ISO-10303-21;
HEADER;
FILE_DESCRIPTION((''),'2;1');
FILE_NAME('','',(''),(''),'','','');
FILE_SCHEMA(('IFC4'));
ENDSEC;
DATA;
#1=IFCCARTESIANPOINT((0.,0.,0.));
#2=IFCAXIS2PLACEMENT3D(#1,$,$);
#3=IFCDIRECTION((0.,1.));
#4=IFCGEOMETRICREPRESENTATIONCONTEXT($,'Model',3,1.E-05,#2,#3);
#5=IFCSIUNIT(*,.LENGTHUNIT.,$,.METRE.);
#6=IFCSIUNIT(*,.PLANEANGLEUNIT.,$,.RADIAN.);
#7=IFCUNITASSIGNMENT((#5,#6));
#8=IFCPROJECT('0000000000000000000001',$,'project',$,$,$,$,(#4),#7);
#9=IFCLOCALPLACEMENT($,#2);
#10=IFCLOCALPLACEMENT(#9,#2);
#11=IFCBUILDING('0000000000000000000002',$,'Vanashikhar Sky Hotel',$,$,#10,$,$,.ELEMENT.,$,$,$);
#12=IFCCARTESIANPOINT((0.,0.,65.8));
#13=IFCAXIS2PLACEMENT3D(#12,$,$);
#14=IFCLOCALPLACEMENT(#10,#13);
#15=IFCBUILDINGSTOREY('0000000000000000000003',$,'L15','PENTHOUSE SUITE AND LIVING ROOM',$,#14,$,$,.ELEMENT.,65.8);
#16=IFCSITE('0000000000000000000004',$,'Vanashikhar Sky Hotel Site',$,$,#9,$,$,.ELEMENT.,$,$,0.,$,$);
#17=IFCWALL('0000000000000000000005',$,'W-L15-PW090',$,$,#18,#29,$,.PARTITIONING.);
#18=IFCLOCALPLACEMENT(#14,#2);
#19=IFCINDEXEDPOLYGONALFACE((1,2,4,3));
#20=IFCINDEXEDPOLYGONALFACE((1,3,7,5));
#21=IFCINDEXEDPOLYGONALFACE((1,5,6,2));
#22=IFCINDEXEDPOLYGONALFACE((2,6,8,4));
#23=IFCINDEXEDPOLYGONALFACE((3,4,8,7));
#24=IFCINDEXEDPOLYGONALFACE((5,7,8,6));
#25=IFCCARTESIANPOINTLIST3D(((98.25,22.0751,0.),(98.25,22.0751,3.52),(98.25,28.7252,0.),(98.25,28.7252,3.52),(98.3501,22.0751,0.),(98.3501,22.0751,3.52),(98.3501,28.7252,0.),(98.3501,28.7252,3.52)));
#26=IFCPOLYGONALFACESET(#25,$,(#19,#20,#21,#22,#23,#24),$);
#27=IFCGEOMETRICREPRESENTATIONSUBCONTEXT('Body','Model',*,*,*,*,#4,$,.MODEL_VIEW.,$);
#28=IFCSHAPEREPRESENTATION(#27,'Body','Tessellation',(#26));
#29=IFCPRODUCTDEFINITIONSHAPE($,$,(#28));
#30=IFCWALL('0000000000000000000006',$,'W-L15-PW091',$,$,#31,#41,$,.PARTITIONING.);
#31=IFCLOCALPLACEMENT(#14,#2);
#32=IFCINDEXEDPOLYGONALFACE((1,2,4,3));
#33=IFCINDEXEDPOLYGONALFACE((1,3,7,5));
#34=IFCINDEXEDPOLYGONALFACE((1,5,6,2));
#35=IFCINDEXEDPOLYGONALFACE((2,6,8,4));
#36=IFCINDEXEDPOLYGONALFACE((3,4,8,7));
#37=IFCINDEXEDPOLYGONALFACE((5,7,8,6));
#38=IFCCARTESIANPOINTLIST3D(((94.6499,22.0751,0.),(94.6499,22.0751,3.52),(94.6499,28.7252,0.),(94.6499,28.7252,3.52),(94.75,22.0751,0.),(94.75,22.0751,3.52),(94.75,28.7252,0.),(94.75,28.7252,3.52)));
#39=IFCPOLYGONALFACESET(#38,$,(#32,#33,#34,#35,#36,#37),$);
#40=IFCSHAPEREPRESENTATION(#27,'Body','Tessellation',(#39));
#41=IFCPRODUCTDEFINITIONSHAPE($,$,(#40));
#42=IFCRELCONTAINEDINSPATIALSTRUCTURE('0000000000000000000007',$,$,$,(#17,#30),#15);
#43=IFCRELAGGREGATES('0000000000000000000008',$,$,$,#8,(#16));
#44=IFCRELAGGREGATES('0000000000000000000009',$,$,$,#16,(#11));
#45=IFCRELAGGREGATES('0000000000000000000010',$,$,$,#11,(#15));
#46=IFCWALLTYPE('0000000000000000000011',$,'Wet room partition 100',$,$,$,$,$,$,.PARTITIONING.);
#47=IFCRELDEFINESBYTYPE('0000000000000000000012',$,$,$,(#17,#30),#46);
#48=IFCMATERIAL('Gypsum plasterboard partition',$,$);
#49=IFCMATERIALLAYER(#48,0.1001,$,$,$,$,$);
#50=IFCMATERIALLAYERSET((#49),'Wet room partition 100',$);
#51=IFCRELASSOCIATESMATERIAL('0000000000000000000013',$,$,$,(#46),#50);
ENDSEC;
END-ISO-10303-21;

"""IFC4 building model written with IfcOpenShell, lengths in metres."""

from ifc_helpers import new_model, si_unit, direction, frame, frame_2d, origin, place, context, subcontext, project, spatial, rectangle, extrude, source, transform, mapped, material, layer, layer_set, type_object, element, save


model = new_model("IFC4")

# Units and contexts
model_context = context("Model", 3, precision=1e-05, world=origin(), true_north=direction((0.0, 1.0)))
body_context = subcontext(model_context, "Body", "Model", "MODEL_VIEW")
ifc_project = project(units=[si_unit("LENGTHUNIT", "METRE"), si_unit("PLANEANGLEUNIT", "RADIAN")], contexts=[model_context])

# Site, building, storey
site_placement = place(None, origin())
site = spatial("IfcSite", under=ifc_project, at=site_placement, Name="Vanashikhar Sky Hotel Site", CompositionType="ELEMENT", RefElevation=0.0)
building_placement = place(site_placement, origin())
building = spatial("IfcBuilding", under=site, at=building_placement, Name="Vanashikhar Sky Hotel", CompositionType="ELEMENT")
storey_placement = place(building_placement, frame((0.0, 0.0, 65.8)))
storey = spatial("IfcBuildingStorey", under=building, at=storey_placement, Name="L15", Description="PENTHOUSE SUITE AND LIVING ROOM", CompositionType="ELEMENT", Elevation=65.8)

# Shared definitions
ifc_material_1 = material(Name="Gypsum plasterboard partition")
ifc_layer_1 = layer(ifc_material_1, 0.1001)
ifc_layer_set_1 = layer_set([ifc_layer_1], Name="Wet room partition 100")
wall_type_1 = type_object("IfcWallType", Name="Wet room partition 100", PredefinedType="PARTITIONING", material=ifc_layer_set_1)

# Walls
shared_shape_1 = source(origin(), body_context, "Body", "SweptSolid", [
    extrude(rectangle(XDim=6.6501, YDim=0.1001, at=frame_2d((3.3252, 0.0))), origin(), (0.0, 0.0, 1.0), 3.52),
])
for number, where, z_axis, x_axis, name in (
    (1, (98.3, 22.075, 0.0), (0.0, 0.0, 1.0), (0.0, 1.0, 0.0), "W-L15-PW090"),
    (2, (94.7, 22.075, 0.0), (0.0, 0.0, 1.0), (0.0, 1.0, 0.0), "W-L15-PW091"),
):
    element("IfcWall", number, at=place(storey_placement, frame(where, z_axis=z_axis, x_axis=x_axis)), inside=storey, type_object=wall_type_1, Name=name, PredefinedType="PARTITIONING", context=body_context, shape_type="MappedRepresentation", body=[
        mapped(shared_shape_1, transform((0.0, 0.0, 0.0), scale=1.0)),
    ])

save(model, "model.ifc")
